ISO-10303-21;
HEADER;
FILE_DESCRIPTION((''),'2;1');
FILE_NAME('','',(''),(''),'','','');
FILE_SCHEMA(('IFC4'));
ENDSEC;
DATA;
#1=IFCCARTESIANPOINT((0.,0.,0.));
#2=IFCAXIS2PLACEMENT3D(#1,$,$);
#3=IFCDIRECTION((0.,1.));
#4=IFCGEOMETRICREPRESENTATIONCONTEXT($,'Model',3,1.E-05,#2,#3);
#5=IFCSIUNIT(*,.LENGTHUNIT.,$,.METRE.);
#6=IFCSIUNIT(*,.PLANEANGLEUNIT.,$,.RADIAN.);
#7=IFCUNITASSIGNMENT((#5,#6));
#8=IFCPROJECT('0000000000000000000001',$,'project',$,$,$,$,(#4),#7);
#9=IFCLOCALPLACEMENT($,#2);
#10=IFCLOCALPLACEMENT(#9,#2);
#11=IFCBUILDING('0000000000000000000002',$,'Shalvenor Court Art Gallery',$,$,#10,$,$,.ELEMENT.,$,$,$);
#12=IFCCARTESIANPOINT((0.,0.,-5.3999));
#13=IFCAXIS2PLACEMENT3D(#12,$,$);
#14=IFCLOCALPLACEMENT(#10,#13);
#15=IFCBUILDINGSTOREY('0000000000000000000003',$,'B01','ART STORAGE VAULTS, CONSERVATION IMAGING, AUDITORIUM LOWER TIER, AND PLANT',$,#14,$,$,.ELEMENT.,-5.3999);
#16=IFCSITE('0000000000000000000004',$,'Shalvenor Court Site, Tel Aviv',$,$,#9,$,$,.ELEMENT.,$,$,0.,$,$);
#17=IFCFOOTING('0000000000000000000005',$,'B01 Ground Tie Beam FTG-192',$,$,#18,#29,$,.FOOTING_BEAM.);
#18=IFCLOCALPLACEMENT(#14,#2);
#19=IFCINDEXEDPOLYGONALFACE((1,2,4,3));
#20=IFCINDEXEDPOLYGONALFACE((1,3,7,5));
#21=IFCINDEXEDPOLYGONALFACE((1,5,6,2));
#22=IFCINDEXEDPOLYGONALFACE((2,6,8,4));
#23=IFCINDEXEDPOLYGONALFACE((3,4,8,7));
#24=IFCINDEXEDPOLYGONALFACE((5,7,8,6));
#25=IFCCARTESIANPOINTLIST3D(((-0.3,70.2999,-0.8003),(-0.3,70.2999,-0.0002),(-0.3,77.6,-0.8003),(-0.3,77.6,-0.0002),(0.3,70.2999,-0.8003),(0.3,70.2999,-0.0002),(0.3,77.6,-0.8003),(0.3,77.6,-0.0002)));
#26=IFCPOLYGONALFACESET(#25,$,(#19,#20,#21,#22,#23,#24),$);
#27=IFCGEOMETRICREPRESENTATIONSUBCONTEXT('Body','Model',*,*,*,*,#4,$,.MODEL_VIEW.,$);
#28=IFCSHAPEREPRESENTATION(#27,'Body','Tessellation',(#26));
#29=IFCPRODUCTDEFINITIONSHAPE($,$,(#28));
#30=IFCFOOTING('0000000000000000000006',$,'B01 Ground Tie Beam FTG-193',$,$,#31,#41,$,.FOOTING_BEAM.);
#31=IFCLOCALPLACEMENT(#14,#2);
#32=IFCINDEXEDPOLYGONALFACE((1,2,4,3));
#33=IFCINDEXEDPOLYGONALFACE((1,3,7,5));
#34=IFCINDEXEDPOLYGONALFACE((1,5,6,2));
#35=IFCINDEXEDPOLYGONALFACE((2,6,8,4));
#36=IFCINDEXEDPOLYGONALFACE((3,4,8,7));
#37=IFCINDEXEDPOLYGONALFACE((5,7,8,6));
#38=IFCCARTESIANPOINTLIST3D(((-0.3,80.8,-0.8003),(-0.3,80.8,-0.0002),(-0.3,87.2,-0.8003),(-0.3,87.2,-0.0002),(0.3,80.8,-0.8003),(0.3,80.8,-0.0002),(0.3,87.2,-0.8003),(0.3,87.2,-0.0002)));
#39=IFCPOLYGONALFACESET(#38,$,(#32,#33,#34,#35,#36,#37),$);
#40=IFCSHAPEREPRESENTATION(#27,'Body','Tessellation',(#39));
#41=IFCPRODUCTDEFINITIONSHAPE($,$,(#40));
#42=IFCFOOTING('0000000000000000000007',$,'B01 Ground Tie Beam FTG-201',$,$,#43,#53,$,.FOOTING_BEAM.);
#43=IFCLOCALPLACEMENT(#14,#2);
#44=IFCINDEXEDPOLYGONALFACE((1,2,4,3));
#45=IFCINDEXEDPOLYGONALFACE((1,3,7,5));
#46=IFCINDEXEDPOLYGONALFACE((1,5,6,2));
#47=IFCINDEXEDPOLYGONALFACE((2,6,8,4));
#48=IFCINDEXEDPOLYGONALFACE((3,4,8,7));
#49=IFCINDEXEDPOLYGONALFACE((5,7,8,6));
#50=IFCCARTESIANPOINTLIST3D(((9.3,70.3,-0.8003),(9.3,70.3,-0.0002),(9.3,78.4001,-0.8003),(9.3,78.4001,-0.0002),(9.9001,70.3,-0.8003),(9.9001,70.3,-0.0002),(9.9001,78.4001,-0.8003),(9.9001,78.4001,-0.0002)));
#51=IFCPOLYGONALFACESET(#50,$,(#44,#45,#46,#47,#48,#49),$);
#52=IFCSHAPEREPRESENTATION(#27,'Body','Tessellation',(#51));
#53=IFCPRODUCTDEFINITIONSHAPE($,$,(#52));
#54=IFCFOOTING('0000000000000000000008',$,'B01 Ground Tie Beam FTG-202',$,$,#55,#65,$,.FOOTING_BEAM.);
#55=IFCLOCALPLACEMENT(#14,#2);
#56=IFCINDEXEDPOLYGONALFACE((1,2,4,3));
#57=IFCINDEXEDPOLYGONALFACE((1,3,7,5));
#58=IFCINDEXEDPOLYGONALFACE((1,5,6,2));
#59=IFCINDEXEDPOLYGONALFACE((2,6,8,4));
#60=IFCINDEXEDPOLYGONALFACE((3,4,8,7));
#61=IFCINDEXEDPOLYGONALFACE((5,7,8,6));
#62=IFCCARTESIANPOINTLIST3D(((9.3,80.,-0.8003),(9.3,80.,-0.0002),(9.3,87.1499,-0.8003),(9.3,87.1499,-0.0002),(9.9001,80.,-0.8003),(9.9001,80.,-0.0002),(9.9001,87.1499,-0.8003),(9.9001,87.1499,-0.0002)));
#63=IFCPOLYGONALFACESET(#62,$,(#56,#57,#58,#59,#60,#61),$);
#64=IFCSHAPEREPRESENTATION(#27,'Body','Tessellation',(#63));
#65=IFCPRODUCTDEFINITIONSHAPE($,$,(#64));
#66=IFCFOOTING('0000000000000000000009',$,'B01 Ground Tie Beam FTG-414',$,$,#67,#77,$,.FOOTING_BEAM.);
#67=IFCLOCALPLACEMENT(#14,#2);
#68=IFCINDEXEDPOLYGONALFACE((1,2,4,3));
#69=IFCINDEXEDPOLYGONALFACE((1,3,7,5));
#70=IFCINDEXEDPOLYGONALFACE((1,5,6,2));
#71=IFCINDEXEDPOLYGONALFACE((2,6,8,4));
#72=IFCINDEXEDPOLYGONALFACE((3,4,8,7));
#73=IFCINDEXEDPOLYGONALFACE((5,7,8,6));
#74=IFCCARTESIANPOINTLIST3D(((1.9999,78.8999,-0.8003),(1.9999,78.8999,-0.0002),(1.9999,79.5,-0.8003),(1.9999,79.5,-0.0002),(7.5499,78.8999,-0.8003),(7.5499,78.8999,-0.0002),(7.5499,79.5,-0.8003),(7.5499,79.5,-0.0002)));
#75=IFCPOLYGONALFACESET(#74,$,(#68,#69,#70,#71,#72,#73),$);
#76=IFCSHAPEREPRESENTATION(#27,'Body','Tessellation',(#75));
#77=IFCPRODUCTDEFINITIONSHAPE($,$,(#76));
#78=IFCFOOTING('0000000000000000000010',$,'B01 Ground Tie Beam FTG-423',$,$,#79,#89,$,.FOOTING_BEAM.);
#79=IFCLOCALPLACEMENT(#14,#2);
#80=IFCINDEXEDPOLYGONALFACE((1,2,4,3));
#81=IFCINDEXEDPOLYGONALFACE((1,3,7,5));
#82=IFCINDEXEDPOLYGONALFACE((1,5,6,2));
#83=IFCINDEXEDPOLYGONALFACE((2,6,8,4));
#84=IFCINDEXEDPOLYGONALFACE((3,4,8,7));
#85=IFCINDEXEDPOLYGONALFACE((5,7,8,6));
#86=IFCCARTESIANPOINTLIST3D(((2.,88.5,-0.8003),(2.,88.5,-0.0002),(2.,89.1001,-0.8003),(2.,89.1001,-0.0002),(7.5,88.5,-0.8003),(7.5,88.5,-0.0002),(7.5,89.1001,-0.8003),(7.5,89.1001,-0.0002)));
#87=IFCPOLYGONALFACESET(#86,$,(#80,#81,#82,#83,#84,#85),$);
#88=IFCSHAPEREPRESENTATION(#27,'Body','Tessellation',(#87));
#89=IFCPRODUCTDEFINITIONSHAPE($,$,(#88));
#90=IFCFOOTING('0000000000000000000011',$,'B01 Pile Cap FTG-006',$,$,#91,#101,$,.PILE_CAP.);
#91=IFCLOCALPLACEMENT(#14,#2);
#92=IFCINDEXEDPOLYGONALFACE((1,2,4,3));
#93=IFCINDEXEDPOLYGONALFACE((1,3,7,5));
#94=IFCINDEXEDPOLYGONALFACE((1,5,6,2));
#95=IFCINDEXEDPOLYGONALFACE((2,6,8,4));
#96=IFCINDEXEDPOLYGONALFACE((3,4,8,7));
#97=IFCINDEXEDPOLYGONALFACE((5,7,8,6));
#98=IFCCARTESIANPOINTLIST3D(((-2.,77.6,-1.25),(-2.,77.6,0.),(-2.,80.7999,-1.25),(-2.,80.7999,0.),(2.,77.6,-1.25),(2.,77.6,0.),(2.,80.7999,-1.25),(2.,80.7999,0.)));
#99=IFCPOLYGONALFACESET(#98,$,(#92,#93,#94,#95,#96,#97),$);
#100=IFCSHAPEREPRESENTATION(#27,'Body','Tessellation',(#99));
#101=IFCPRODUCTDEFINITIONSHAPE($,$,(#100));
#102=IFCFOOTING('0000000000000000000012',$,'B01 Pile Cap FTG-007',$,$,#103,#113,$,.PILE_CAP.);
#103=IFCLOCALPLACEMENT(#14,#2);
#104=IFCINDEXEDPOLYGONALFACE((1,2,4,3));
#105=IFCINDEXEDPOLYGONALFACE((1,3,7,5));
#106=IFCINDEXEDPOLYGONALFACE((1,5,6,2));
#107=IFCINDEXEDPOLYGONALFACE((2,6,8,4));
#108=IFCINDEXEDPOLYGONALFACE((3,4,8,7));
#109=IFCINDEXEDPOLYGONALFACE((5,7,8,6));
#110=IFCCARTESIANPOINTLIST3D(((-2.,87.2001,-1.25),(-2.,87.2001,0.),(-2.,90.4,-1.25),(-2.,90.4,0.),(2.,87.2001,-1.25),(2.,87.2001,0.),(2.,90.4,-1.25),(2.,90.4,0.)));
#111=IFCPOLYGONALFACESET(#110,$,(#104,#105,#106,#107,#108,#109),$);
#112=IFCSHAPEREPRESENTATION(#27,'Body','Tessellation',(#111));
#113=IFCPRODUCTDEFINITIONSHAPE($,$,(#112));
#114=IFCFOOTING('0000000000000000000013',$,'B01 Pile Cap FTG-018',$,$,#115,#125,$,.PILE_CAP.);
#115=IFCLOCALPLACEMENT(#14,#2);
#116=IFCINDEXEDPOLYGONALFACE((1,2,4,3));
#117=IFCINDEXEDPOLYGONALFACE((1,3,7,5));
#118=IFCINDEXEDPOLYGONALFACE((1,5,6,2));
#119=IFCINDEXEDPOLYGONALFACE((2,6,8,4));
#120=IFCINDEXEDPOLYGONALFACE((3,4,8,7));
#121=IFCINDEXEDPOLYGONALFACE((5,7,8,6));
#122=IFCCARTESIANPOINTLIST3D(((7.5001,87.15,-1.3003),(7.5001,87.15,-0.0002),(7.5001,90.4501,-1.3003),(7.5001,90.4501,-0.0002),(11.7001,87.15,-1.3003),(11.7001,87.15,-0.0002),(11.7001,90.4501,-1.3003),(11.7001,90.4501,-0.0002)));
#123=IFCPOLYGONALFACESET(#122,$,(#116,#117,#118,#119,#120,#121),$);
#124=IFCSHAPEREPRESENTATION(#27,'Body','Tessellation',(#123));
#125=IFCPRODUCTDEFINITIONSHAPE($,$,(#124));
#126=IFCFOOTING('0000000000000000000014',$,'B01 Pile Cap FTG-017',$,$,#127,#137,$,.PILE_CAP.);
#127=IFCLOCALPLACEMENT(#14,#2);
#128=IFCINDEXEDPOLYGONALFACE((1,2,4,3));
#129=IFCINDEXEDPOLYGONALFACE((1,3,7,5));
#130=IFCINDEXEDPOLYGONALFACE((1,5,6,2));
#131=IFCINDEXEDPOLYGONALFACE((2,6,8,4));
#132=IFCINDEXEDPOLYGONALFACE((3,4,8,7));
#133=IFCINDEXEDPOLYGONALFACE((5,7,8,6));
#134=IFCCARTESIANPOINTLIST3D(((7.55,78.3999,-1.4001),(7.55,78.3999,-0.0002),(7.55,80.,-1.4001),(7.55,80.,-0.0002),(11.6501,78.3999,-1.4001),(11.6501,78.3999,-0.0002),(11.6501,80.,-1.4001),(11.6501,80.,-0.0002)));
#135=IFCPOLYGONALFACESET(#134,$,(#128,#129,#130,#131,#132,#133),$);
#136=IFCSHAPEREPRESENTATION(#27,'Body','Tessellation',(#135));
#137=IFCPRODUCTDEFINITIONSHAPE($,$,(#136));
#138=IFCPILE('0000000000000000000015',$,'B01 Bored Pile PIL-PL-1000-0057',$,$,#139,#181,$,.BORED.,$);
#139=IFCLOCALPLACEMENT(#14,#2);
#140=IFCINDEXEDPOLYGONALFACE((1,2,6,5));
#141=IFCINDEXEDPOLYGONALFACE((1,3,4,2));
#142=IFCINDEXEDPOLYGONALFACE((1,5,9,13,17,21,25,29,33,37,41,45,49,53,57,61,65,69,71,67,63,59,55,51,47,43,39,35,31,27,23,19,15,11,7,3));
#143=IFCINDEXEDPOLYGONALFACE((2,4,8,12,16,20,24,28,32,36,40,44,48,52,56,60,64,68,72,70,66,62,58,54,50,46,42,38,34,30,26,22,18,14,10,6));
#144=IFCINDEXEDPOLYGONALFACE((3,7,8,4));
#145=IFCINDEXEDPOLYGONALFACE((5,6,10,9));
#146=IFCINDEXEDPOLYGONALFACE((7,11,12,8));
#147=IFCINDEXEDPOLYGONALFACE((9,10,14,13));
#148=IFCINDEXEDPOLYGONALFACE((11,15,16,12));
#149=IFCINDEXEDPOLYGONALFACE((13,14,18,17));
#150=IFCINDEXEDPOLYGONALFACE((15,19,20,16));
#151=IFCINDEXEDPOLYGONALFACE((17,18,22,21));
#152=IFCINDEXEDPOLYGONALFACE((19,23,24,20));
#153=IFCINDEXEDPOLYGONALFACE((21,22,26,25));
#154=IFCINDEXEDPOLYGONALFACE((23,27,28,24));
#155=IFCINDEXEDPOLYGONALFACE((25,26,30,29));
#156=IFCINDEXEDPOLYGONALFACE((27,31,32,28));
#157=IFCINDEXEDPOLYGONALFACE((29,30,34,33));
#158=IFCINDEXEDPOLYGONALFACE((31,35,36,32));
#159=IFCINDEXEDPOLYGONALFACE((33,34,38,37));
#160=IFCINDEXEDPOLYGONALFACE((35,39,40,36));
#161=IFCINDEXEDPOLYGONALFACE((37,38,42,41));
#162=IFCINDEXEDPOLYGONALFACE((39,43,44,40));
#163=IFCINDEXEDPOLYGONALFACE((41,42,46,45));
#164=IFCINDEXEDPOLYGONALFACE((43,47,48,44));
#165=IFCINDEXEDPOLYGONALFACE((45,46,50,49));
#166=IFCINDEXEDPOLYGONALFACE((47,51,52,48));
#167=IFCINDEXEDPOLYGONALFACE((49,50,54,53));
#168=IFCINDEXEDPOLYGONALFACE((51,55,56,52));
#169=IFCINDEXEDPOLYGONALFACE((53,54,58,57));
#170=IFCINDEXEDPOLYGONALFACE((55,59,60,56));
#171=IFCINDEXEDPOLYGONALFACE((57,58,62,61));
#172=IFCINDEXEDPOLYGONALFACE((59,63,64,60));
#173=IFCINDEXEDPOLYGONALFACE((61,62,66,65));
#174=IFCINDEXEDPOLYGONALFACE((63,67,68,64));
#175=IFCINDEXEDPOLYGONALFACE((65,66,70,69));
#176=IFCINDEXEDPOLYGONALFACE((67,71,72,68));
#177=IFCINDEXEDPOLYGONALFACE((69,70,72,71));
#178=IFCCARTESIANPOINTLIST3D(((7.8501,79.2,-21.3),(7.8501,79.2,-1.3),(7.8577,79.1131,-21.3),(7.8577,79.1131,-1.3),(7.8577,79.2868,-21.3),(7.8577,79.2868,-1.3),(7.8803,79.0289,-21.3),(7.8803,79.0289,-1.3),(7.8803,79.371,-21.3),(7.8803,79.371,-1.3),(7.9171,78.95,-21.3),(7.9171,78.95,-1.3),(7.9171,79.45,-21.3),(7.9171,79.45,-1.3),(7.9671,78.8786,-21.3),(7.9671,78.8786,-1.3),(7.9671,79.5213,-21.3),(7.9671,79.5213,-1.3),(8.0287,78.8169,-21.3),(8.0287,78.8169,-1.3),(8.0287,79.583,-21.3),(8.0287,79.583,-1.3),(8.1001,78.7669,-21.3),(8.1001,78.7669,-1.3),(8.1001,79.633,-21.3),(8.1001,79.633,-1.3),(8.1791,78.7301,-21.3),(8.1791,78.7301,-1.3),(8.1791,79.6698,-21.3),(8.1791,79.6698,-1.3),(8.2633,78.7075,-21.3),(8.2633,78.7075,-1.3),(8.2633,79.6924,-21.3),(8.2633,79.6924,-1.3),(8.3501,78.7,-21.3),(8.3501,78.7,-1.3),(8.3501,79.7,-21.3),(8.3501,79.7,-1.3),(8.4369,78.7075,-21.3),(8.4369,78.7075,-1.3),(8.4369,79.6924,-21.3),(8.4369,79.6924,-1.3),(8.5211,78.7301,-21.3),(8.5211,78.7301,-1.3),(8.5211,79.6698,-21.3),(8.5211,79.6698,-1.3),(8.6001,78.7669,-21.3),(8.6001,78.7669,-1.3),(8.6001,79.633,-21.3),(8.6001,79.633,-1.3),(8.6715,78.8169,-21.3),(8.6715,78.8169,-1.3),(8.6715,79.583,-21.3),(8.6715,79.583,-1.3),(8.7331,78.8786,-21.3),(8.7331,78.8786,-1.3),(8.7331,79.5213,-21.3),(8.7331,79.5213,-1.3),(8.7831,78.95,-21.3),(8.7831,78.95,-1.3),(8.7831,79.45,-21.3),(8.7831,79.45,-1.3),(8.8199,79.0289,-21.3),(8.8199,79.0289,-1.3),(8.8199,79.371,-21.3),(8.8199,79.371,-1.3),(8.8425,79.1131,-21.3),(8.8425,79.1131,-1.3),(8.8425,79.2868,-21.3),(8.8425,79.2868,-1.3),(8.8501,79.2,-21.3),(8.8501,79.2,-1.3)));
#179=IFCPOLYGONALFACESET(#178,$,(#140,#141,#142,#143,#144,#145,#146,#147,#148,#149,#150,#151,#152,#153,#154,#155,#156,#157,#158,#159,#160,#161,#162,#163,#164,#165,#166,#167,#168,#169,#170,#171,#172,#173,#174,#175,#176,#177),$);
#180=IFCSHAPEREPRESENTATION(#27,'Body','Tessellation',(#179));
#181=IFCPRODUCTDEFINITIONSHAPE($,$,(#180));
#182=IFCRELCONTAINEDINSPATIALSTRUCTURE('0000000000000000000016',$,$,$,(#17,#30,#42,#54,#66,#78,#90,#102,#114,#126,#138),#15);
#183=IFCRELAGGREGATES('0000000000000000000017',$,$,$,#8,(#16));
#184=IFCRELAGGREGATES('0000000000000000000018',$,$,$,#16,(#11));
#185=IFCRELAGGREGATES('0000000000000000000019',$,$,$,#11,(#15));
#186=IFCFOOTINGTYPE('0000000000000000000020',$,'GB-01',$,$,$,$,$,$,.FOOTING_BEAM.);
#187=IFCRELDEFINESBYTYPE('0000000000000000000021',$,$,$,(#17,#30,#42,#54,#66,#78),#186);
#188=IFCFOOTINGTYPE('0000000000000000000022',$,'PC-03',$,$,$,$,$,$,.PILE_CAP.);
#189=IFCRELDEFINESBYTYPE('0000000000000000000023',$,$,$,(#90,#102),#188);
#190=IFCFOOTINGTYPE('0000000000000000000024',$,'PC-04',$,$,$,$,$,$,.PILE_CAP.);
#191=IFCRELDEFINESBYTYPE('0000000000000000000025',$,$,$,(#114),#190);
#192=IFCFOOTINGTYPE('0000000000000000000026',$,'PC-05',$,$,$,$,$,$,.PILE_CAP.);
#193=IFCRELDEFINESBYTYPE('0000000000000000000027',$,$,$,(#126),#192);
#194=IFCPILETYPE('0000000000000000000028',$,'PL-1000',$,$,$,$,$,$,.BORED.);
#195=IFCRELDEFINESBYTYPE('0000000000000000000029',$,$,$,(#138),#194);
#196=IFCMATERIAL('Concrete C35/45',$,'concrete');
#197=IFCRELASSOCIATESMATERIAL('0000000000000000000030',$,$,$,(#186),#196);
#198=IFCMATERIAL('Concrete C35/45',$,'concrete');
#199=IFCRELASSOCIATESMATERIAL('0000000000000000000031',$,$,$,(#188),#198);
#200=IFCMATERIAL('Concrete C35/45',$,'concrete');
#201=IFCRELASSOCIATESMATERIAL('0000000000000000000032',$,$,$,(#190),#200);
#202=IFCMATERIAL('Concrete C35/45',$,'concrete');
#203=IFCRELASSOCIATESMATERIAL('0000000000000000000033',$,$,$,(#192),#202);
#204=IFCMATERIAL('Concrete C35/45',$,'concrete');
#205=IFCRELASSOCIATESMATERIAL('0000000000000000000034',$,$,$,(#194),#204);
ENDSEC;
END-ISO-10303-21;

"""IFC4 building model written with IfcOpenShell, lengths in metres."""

from ifc_helpers import new_model, si_unit, direction, frame, origin, origin_2d, place, context, subcontext, project, spatial, rectangle, circle, extrude, material, material_profile, profile_set, type_object, element, save


model = new_model("IFC4")

# Units and contexts
model_context = context("Model", 3, precision=1e-05, world=origin(), true_north=direction((0.0, 1.0)))
body_context = subcontext(model_context, "Body", "Model", "MODEL_VIEW")
ifc_project = project(units=[si_unit("LENGTHUNIT", "METRE"), si_unit("PLANEANGLEUNIT", "RADIAN")], contexts=[model_context])

# Site, building, storey
site_placement = place(None, origin())
site = spatial("IfcSite", under=ifc_project, at=site_placement, Name="Shalvenor Court Site, Tel Aviv", CompositionType="ELEMENT", RefElevation=0.0)
building_placement = place(site_placement, origin())
building = spatial("IfcBuilding", under=site, at=building_placement, Name="Shalvenor Court Art Gallery", CompositionType="ELEMENT")
storey_placement = place(building_placement, frame((0.0, 0.0, -5.3999)))
storey = spatial("IfcBuildingStorey", under=building, at=storey_placement, Name="B01", Description="ART STORAGE VAULTS, CONSERVATION IMAGING, AUDITORIUM LOWER TIER, AND PLANT", CompositionType="ELEMENT", Elevation=-5.3999)

# Footings
ifc_material_1 = material(Name="Concrete C35/45", Category="concrete")
footing_type_1 = type_object("IfcFootingType", Name="GB-01", PredefinedType="FOOTING_BEAM", material=ifc_material_1)
footing_1_placement = place(storey_placement, frame((0.0, 73.95, -0.8003), z_axis=(0.0, 0.0, 1.0), x_axis=(0.0, 1.0, 0.0)))
element("IfcFooting", 1, at=footing_1_placement, inside=storey, type_object=footing_type_1, Name="B01 Ground Tie Beam FTG-192", PredefinedType="FOOTING_BEAM", context=body_context, shape_type="SweptSolid", body=[
    extrude(rectangle(XDim=7.3, YDim=0.6001, at=origin_2d()), origin(), (0.0, 0.0, 1.0), 0.8),
])
footing_2_placement = place(storey_placement, frame((0.0, 84.0, -0.8003), z_axis=(0.0, 0.0, 1.0), x_axis=(0.0, 1.0, 0.0)))
element("IfcFooting", 2, at=footing_2_placement, inside=storey, type_object=footing_type_1, Name="B01 Ground Tie Beam FTG-193", PredefinedType="FOOTING_BEAM", context=body_context, shape_type="SweptSolid", body=[
    extrude(rectangle(XDim=6.3999, YDim=0.6001, at=origin_2d()), origin(), (0.0, 0.0, 1.0), 0.8),
])
footing_3_placement = place(storey_placement, frame((9.6001, 74.3501, -0.8003), z_axis=(0.0, 0.0, 1.0), x_axis=(0.0, 1.0, 0.0)))
element("IfcFooting", 3, at=footing_3_placement, inside=storey, type_object=footing_type_1, Name="B01 Ground Tie Beam FTG-201", PredefinedType="FOOTING_BEAM", context=body_context, shape_type="SweptSolid", body=[
    extrude(rectangle(XDim=8.1001, YDim=0.6001, at=origin_2d()), origin(), (0.0, 0.0, 1.0), 0.8),
])
footing_4_placement = place(storey_placement, frame((9.6001, 83.575, -0.8003), z_axis=(0.0, 0.0, 1.0), x_axis=(0.0, 1.0, 0.0)))
element("IfcFooting", 4, at=footing_4_placement, inside=storey, type_object=footing_type_1, Name="B01 Ground Tie Beam FTG-202", PredefinedType="FOOTING_BEAM", context=body_context, shape_type="SweptSolid", body=[
    extrude(rectangle(XDim=7.1499, YDim=0.6001, at=origin_2d()), origin(), (0.0, 0.0, 1.0), 0.8),
])
footing_5_placement = place(storey_placement, frame((4.7749, 79.2, -0.8003), z_axis=(0.0, 0.0, 1.0), x_axis=(1.0, 0.0, 0.0)))
element("IfcFooting", 5, at=footing_5_placement, inside=storey, type_object=footing_type_1, Name="B01 Ground Tie Beam FTG-414", PredefinedType="FOOTING_BEAM", context=body_context, shape_type="SweptSolid", body=[
    extrude(rectangle(XDim=5.55, YDim=0.6001, at=origin_2d()), origin(), (0.0, 0.0, 1.0), 0.8),
])
footing_6_placement = place(storey_placement, frame((4.75, 88.8, -0.8003), z_axis=(0.0, 0.0, 1.0), x_axis=(1.0, 0.0, 0.0)))
element("IfcFooting", 6, at=footing_6_placement, inside=storey, type_object=footing_type_1, Name="B01 Ground Tie Beam FTG-423", PredefinedType="FOOTING_BEAM", context=body_context, shape_type="SweptSolid", body=[
    extrude(rectangle(XDim=5.5, YDim=0.6001, at=origin_2d()), origin(), (0.0, 0.0, 1.0), 0.8),
])
ifc_material_2 = material(Name="Concrete C35/45", Category="concrete")
footing_type_2 = type_object("IfcFootingType", Name="PC-03", PredefinedType="PILE_CAP", material=ifc_material_2)
for number, where, z_axis, x_axis, name in (
    (7, (0.0, 79.2, -1.25), (0.0, 0.0, 1.0), (1.0, 0.0, 0.0), "B01 Pile Cap FTG-006"),
    (8, (0.0, 88.8, -1.25), (0.0, 0.0, 1.0), (1.0, 0.0, 0.0), "B01 Pile Cap FTG-007"),
):
    element("IfcFooting", number, at=place(storey_placement, frame(where, z_axis=z_axis, x_axis=x_axis)), inside=storey, type_object=footing_type_2, Name=name, PredefinedType="PILE_CAP", context=body_context, shape_type="SweptSolid", body=[
        extrude(rectangle(XDim=4.0, YDim=3.2, at=origin_2d()), origin(), (0.0, 0.0, 1.0), 1.25),
    ])
ifc_material_3 = material(Name="Concrete C35/45", Category="concrete")
footing_type_3 = type_object("IfcFootingType", Name="PC-04", PredefinedType="PILE_CAP", material=ifc_material_3)
footing_7_placement = place(storey_placement, frame((9.6001, 88.8, -1.3003), z_axis=(0.0, 0.0, 1.0), x_axis=(1.0, 0.0, 0.0)))
element("IfcFooting", 9, at=footing_7_placement, inside=storey, type_object=footing_type_3, Name="B01 Pile Cap FTG-018", PredefinedType="PILE_CAP", context=body_context, shape_type="SweptSolid", body=[
    extrude(rectangle(XDim=4.2, YDim=3.3, at=origin_2d()), origin(), (0.0, 0.0, 1.0), 1.3),
])
ifc_material_4 = material(Name="Concrete C35/45", Category="concrete")
footing_type_4 = type_object("IfcFootingType", Name="PC-05", PredefinedType="PILE_CAP", material=ifc_material_4)
footing_8_placement = place(storey_placement, frame((9.6001, 79.2, -1.4001), z_axis=(0.0, 0.0, 1.0), x_axis=(1.0, 0.0, 0.0)))
element("IfcFooting", 10, at=footing_8_placement, inside=storey, type_object=footing_type_4, Name="B01 Pile Cap FTG-017", PredefinedType="PILE_CAP", context=body_context, shape_type="SweptSolid", body=[
    extrude(rectangle(XDim=4.1001, YDim=1.6001, at=origin_2d()), origin(), (0.0, 0.0, 1.0), 1.3999),
])

# Pile
ifc_material_5 = material(Name="Concrete C35/45", Category="concrete")
ifc_material_profile_1 = material_profile(ifc_material_5, circle(Radius=0.5, at=origin_2d()), Name="PILE 1000")
ifc_profile_set_1 = profile_set([ifc_material_profile_1], Name="Concrete C35/45")
pile_type_1 = type_object("IfcPileType", Name="PL-1000", PredefinedType="BORED", material=ifc_profile_set_1)
for number, where, z_axis, x_axis, name in (
    (11, (8.3501, 79.2, -1.3), (0.0, 0.0, -1.0), (1.0, 0.0, 0.0), "B01 Bored Pile PIL-PL-1000-0057"),
):
    element("IfcPile", number, at=place(storey_placement, frame(where, z_axis=z_axis, x_axis=x_axis)), inside=storey, type_object=pile_type_1, Name=name, PredefinedType="BORED", context=body_context, shape_type="SweptSolid", body=[
        extrude(circle(Radius=0.5, at=origin_2d()), origin(), (0.0, 0.0, 1.0), 20.0),
    ])

save(model, "model.ifc")
